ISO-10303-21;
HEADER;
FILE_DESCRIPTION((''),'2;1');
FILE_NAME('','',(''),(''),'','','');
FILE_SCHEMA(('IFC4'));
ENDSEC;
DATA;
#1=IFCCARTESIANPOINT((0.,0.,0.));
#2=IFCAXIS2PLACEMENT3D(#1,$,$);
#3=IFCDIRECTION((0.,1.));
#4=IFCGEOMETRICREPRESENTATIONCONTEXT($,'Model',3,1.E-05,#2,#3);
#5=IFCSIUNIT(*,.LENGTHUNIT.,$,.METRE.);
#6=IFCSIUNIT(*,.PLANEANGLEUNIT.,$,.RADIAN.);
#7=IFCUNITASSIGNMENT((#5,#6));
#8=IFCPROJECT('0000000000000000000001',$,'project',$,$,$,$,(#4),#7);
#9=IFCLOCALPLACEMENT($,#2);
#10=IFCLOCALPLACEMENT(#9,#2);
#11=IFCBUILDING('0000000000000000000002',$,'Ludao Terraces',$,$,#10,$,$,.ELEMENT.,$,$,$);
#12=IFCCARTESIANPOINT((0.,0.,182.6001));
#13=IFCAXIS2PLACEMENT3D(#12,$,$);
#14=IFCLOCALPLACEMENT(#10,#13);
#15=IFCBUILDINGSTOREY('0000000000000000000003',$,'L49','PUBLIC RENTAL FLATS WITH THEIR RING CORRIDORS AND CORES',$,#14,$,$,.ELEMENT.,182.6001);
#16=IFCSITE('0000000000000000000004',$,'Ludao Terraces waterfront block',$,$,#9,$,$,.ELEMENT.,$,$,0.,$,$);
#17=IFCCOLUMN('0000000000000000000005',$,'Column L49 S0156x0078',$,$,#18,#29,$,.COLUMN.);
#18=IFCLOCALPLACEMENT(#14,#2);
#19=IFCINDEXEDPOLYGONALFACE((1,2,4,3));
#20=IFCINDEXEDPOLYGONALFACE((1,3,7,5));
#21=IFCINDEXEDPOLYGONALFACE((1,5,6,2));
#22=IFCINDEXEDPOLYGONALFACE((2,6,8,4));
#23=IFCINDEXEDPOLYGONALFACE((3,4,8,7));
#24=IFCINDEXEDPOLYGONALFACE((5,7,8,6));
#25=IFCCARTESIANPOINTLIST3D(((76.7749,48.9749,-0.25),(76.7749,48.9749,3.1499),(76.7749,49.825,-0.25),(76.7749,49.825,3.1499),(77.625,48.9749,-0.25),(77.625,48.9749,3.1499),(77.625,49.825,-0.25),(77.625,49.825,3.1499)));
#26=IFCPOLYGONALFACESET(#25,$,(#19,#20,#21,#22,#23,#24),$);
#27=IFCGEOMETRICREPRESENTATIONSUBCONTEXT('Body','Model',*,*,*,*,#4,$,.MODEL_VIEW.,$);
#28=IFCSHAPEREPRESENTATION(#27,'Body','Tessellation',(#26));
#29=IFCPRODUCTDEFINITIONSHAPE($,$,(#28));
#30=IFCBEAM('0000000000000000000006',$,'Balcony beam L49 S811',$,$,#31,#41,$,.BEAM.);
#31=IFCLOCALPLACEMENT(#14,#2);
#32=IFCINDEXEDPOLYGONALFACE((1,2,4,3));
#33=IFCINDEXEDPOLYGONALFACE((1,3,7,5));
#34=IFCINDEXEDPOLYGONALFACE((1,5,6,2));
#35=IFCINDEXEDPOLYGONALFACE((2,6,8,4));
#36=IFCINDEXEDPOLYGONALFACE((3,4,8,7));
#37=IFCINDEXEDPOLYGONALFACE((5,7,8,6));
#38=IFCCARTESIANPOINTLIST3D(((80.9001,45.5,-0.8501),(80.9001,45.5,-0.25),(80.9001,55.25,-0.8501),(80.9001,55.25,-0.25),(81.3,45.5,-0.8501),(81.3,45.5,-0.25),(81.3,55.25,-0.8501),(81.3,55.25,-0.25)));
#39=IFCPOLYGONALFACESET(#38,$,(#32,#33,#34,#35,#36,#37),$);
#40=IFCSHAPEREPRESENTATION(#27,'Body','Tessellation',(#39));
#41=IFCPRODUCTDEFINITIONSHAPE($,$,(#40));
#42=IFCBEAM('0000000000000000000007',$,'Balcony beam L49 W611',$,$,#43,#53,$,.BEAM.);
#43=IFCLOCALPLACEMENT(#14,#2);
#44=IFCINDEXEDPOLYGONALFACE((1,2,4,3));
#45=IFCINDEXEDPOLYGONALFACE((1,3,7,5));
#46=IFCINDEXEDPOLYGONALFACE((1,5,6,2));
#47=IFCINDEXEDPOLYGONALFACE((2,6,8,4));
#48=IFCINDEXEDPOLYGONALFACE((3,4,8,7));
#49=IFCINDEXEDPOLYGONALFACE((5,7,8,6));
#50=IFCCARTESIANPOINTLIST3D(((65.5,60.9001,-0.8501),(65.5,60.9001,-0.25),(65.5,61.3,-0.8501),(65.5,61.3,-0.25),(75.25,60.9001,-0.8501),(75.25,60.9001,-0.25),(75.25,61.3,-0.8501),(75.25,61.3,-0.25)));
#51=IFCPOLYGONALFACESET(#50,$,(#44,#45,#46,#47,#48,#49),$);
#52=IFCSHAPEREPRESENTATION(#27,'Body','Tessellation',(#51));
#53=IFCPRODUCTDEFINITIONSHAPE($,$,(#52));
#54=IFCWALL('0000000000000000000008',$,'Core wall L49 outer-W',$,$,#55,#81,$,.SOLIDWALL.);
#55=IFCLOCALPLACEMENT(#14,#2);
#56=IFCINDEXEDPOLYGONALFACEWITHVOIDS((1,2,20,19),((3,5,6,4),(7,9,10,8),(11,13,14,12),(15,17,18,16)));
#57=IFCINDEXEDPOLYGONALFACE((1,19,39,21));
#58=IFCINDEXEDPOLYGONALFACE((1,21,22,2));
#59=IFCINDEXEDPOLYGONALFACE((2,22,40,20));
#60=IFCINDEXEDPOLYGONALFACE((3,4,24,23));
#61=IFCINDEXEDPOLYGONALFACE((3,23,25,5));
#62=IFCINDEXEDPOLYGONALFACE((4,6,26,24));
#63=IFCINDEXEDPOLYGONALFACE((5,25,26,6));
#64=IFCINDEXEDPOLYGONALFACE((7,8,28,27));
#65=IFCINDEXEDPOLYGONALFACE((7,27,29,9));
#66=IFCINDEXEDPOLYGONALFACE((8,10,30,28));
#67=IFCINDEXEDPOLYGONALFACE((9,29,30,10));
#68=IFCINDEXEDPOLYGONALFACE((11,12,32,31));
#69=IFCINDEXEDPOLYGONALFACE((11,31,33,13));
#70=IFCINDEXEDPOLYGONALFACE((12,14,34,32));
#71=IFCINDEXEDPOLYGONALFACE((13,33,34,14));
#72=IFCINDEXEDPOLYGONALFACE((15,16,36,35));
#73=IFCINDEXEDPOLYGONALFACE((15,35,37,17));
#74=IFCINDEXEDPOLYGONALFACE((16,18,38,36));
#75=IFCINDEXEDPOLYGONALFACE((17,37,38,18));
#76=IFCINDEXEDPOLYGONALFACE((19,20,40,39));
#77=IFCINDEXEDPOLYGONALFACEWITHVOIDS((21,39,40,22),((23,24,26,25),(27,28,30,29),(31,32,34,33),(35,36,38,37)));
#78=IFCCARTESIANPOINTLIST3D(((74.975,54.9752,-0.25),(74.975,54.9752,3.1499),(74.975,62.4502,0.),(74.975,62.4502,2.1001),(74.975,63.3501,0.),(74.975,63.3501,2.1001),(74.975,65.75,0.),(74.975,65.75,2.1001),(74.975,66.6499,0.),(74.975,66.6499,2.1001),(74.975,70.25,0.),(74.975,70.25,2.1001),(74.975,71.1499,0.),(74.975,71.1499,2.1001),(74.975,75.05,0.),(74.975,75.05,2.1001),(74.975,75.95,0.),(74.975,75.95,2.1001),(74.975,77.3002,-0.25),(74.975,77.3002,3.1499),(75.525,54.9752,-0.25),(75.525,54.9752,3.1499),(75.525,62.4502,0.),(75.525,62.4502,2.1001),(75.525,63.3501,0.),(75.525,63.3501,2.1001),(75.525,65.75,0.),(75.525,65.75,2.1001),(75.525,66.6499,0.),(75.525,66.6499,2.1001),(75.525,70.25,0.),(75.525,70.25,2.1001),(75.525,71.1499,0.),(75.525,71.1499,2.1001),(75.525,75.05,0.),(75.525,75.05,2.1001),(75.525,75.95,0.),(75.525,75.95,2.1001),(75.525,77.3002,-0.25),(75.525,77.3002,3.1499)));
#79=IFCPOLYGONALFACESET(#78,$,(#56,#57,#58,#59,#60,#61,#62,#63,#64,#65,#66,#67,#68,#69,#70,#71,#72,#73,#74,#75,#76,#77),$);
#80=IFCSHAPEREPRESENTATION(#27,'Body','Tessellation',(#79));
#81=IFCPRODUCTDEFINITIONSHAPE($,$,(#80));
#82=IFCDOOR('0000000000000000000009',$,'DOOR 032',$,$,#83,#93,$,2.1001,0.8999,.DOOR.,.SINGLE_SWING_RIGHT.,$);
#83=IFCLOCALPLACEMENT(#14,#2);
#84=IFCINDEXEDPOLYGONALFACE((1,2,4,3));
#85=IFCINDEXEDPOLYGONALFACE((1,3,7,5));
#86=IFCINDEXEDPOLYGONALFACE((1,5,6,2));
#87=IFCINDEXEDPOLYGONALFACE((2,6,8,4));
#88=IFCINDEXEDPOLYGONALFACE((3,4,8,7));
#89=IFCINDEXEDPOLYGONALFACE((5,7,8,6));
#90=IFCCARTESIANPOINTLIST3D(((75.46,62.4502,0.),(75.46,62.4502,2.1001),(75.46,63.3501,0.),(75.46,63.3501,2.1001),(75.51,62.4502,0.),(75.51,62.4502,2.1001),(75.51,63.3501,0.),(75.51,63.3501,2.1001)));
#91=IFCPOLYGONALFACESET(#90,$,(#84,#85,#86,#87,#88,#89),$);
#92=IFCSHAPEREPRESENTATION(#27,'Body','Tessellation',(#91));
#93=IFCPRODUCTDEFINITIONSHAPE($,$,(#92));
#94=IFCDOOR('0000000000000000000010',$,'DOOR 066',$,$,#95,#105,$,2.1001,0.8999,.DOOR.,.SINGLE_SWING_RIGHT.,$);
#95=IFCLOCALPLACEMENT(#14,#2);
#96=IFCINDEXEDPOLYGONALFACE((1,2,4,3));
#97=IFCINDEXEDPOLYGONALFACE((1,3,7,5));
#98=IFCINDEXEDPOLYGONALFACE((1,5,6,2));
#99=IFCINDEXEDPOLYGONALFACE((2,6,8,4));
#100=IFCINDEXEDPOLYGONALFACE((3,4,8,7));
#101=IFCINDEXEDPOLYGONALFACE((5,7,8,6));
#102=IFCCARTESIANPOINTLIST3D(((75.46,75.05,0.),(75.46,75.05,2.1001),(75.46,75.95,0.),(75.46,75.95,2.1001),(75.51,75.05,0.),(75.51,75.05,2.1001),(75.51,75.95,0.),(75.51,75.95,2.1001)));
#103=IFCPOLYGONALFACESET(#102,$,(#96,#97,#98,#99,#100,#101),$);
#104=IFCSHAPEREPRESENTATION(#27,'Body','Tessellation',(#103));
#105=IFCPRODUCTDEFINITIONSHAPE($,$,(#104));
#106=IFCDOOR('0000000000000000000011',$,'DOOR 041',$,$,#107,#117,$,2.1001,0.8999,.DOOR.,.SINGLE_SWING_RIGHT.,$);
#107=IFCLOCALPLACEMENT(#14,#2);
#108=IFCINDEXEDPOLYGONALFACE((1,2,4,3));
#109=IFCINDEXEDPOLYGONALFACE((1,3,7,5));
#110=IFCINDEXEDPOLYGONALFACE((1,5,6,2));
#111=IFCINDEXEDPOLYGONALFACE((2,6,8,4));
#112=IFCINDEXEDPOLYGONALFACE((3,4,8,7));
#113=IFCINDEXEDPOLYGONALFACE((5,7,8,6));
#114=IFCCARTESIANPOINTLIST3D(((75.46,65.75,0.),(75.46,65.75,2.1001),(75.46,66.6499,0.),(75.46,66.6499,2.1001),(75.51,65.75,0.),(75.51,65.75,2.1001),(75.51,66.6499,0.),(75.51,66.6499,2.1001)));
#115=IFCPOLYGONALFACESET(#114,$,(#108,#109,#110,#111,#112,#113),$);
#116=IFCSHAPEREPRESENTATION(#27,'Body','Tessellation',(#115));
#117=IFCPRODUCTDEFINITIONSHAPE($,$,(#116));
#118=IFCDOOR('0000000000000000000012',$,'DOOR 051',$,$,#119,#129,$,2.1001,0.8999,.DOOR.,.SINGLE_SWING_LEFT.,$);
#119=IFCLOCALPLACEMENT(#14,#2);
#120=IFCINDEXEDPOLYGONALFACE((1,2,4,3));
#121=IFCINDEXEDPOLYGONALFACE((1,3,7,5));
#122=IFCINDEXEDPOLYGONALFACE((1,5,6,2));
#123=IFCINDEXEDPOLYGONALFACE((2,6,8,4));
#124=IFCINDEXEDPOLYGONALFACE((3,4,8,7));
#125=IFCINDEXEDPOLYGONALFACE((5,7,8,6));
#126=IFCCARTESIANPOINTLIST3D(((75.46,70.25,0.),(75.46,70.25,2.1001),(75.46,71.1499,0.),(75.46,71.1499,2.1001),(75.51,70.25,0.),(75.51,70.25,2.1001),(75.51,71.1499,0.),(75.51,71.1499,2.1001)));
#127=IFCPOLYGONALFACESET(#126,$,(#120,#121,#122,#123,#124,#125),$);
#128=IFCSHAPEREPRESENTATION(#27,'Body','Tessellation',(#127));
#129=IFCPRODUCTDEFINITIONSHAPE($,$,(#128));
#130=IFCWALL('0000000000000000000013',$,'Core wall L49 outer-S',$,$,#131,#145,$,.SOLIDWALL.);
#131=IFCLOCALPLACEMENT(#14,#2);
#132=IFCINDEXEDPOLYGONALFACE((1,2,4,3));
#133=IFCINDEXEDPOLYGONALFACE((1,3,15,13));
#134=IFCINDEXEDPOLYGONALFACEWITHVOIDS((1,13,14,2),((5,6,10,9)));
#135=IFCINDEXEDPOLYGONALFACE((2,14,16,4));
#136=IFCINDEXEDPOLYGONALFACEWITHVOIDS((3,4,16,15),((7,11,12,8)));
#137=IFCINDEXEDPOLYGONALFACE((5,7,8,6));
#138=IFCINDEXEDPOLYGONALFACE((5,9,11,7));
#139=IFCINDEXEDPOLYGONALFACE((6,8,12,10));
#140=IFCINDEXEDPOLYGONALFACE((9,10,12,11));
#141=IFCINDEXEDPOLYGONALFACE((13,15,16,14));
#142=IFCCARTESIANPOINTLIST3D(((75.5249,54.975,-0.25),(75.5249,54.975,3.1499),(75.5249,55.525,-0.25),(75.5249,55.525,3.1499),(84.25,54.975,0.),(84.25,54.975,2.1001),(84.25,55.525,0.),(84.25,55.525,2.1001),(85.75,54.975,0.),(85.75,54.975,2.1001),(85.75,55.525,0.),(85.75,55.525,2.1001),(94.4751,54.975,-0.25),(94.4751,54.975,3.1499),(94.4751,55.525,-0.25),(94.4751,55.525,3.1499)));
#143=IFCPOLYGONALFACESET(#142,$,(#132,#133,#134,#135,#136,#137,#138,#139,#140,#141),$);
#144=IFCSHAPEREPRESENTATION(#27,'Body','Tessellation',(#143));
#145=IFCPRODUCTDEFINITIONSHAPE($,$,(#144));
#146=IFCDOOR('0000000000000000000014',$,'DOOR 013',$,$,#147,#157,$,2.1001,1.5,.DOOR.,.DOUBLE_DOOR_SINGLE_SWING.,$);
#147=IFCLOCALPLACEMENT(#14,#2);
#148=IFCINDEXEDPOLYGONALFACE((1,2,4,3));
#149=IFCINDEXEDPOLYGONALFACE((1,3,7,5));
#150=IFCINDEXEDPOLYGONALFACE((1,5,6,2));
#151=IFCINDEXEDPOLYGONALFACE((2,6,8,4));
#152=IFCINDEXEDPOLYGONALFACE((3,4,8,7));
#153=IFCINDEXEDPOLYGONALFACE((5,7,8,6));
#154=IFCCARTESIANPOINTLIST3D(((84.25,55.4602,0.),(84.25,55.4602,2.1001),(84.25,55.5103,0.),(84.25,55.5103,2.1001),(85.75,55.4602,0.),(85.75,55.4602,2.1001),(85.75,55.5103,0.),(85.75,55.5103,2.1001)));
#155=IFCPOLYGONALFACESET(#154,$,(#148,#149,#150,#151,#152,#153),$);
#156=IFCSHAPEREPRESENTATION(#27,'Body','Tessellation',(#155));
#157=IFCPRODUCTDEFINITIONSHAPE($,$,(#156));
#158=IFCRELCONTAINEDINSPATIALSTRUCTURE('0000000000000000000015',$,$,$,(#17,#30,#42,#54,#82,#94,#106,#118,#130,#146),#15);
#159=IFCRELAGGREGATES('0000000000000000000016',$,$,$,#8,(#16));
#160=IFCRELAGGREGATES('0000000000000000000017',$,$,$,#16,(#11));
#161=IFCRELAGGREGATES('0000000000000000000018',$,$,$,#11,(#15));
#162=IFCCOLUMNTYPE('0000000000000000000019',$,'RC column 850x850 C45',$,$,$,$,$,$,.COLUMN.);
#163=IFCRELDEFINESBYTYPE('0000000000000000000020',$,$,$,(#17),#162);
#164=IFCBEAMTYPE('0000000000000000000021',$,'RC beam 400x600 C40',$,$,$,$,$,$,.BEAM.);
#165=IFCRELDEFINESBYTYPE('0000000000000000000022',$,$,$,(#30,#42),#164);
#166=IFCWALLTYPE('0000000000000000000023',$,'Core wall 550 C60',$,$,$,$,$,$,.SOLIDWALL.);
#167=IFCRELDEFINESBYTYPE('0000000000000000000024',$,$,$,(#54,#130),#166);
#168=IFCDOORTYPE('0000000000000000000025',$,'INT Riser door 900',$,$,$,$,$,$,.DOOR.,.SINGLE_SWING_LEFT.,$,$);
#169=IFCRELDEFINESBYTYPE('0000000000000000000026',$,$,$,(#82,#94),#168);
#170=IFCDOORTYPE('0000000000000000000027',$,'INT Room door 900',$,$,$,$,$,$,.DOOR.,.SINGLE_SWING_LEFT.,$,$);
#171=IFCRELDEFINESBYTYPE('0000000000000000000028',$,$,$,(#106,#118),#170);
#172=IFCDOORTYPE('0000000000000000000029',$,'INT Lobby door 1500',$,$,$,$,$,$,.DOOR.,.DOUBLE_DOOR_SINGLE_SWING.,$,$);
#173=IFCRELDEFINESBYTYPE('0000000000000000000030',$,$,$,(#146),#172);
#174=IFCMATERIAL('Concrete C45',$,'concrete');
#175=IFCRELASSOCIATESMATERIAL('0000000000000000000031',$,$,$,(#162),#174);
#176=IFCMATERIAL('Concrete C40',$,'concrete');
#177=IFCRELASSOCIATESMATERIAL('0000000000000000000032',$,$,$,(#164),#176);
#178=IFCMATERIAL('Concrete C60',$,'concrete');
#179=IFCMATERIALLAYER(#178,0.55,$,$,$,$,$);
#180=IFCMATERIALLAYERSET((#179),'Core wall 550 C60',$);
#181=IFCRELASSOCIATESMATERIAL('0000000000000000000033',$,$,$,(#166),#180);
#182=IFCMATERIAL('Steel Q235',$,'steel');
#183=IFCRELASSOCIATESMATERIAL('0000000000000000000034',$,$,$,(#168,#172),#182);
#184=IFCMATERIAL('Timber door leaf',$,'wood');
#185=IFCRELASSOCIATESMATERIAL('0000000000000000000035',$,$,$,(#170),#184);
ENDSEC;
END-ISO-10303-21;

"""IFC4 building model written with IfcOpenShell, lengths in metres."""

from ifc_helpers import new_model, si_unit, direction, frame, frame_2d, origin, origin_2d, place, context, subcontext, project, spatial, rectangle, extrude, material, layer, layer_set, material_profile, profile_set, type_object, element, fill, save


model = new_model("IFC4")

# Units and contexts
model_context = context("Model", 3, precision=1e-05, world=origin(), true_north=direction((0.0, 1.0)))
body_context = subcontext(model_context, "Body", "Model", "MODEL_VIEW")
ifc_project = project(units=[si_unit("LENGTHUNIT", "METRE"), si_unit("PLANEANGLEUNIT", "RADIAN")], contexts=[model_context])

# Site, building, storey
site_placement = place(None, origin())
site = spatial("IfcSite", under=ifc_project, at=site_placement, Name="Ludao Terraces waterfront block", CompositionType="ELEMENT", RefElevation=0.0)
building_placement = place(site_placement, origin())
building = spatial("IfcBuilding", under=site, at=building_placement, Name="Ludao Terraces", CompositionType="ELEMENT")
storey_placement = place(building_placement, frame((0.0, 0.0, 182.6001)))
storey = spatial("IfcBuildingStorey", under=building, at=storey_placement, Name="L49", Description="PUBLIC RENTAL FLATS WITH THEIR RING CORRIDORS AND CORES", CompositionType="ELEMENT", Elevation=182.6001)

# Column
ifc_material_1 = material(Name="Concrete C45", Category="concrete")
ifc_material_profile_1 = material_profile(ifc_material_1, rectangle(XDim=0.8501, YDim=0.8501, at=origin_2d()), Name="850 X 850")
ifc_profile_set_1 = profile_set([ifc_material_profile_1], Name="Concrete C45")
column_type = type_object("IfcColumnType", Name="RC column 850x850 C45", PredefinedType="COLUMN", material=ifc_profile_set_1)
column_placement = place(storey_placement, frame((77.2, 49.3999, -0.25), z_axis=(0.0, 0.0, 1.0), x_axis=(1.0, 0.0, 0.0)))
element("IfcColumn", 1, at=column_placement, inside=storey, type_object=column_type, Name="Column L49 S0156x0078", PredefinedType="COLUMN", context=body_context, shape_type="SweptSolid", body=[
    extrude(rectangle(XDim=0.8501, YDim=0.8501, at=origin_2d()), origin(), (0.0, 0.0, 1.0), 3.3999),
])

# Beams
ifc_material_2 = material(Name="Concrete C40", Category="concrete")
ifc_material_profile_2 = material_profile(ifc_material_2, rectangle(XDim=0.3999, YDim=0.6001, at=origin_2d()), Name="400 X 600")
ifc_profile_set_2 = profile_set([ifc_material_profile_2], Name="Concrete C40")
beam_type = type_object("IfcBeamType", Name="RC beam 400x600 C40", PredefinedType="BEAM", material=ifc_profile_set_2)
for number, where, z_axis, x_axis, name in (
    (2, (81.1001, 55.25, -0.55), (0.0, -1.0, 0.0), (1.0, 0.0, 0.0), "Balcony beam L49 S811"),
    (3, (75.25, 61.1001, -0.55), (-1.0, 0.0, 0.0), (0.0, -1.0, 0.0), "Balcony beam L49 W611"),
):
    element("IfcBeam", number, at=place(storey_placement, frame(where, z_axis=z_axis, x_axis=x_axis)), inside=storey, type_object=beam_type, Name=name, PredefinedType="BEAM", context=body_context, shape_type="SweptSolid", body=[
        extrude(rectangle(XDim=0.3999, YDim=0.6001, at=origin_2d()), origin(), (0.0, 0.0, 1.0), 9.75),
    ])

# Wall, openings, doors
ifc_material_3 = material(Name="Concrete C60", Category="concrete")
ifc_layer_1 = layer(ifc_material_3, 0.55)
ifc_layer_set_1 = layer_set([ifc_layer_1], Name="Core wall 550 C60")
wall_type_1 = type_object("IfcWallType", Name="Core wall 550 C60", PredefinedType="SOLIDWALL", material=ifc_layer_set_1)
wall_1_placement = place(storey_placement, frame((75.25, 54.9751, -0.25), z_axis=(0.0, 0.0, 1.0), x_axis=(0.0, 1.0, 0.0)))
wall_1 = element("IfcWall", 4, at=wall_1_placement, inside=storey, type_object=wall_type_1, Name="Core wall L49 outer-W", PredefinedType="SOLIDWALL", context=body_context, shape_type="SweptSolid", body=[
    extrude(rectangle(XDim=22.325, YDim=0.55, at=frame_2d((11.1626, 0.0))), origin(), (0.0, 0.0, 1.0), 3.3999),
])
opening_1_placement = place(wall_1_placement, frame((7.4751, 0.0, 0.25)))
opening_1 = element("IfcOpeningElement", 5, at=opening_1_placement, cuts=wall_1, PredefinedType="OPENING", context=body_context, shape_type="SweptSolid", body=[
    extrude(rectangle(XDim=0.8999, YDim=2.1001, at=frame_2d((0.45, 1.05))), frame((0.0, 0.2852, 0.0), z_axis=(0.0, -1.0, 0.0), x_axis=(1.0, 0.0, 0.0)), (0.0, 0.0, 1.0), 0.5701),
])
opening_2_placement = place(wall_1_placement, frame((10.7749, 0.0, 0.25)))
opening_2 = element("IfcOpeningElement", 6, at=opening_2_placement, cuts=wall_1, PredefinedType="OPENING", context=body_context, shape_type="SweptSolid", body=[
    extrude(rectangle(XDim=0.8999, YDim=2.1001, at=frame_2d((0.45, 1.05))), frame((0.0, 0.2852, 0.0), z_axis=(0.0, -1.0, 0.0), x_axis=(1.0, 0.0, 0.0)), (0.0, 0.0, 1.0), 0.5701),
])
opening_3_placement = place(wall_1_placement, frame((15.2749, 0.0, 0.25)))
opening_3 = element("IfcOpeningElement", 7, at=opening_3_placement, cuts=wall_1, PredefinedType="OPENING", context=body_context, shape_type="SweptSolid", body=[
    extrude(rectangle(XDim=0.8999, YDim=2.1001, at=frame_2d((0.45, 1.05))), frame((0.0, 0.2852, 0.0), z_axis=(0.0, -1.0, 0.0), x_axis=(1.0, 0.0, 0.0)), (0.0, 0.0, 1.0), 0.5701),
])
opening_4_placement = place(wall_1_placement, frame((20.075, 0.0, 0.25)))
opening_4 = element("IfcOpeningElement", 8, at=opening_4_placement, cuts=wall_1, PredefinedType="OPENING", context=body_context, shape_type="SweptSolid", body=[
    extrude(rectangle(XDim=0.8999, YDim=2.1001, at=frame_2d((0.45, 1.05))), frame((0.0, 0.2852, 0.0), z_axis=(0.0, -1.0, 0.0), x_axis=(1.0, 0.0, 0.0)), (0.0, 0.0, 1.0), 0.5701),
])
ifc_material_4 = material(Name="Steel Q235", Category="steel")
door_type_1 = type_object("IfcDoorType", Name="INT Riser door 900", OperationType="SINGLE_SWING_LEFT", PredefinedType="DOOR", material=ifc_material_4)
door_1_placement = place(opening_1_placement, origin())
door_1 = element("IfcDoor", 9, at=door_1_placement, inside=storey, type_object=door_type_1, Name="DOOR 032", OperationType="SINGLE_SWING_RIGHT", OverallHeight=2.1001, OverallWidth=0.8999, PredefinedType="DOOR", context=body_context, shape_type="SweptSolid", body=[
    extrude(rectangle(XDim=0.8999, YDim=2.1001, at=frame_2d((0.45, 1.05))), frame((0.0, -0.21, 0.0), z_axis=(0.0, -1.0, 0.0), x_axis=(1.0, 0.0, 0.0)), (0.0, 0.0, 1.0), 0.05),
])
fill(opening_1, door_1)
door_2_placement = place(opening_4_placement, origin())
door_2 = element("IfcDoor", 10, at=door_2_placement, inside=storey, type_object=door_type_1, Name="DOOR 066", OperationType="SINGLE_SWING_RIGHT", OverallHeight=2.1001, OverallWidth=0.8999, PredefinedType="DOOR", context=body_context, shape_type="SweptSolid", body=[
    extrude(rectangle(XDim=0.8999, YDim=2.1001, at=frame_2d((0.45, 1.05))), frame((0.0, -0.21, 0.0), z_axis=(0.0, -1.0, 0.0), x_axis=(1.0, 0.0, 0.0)), (0.0, 0.0, 1.0), 0.05),
])
fill(opening_4, door_2)
ifc_material_5 = material(Name="Timber door leaf", Category="wood")
door_type_2 = type_object("IfcDoorType", Name="INT Room door 900", OperationType="SINGLE_SWING_LEFT", PredefinedType="DOOR", material=ifc_material_5)
door_3_placement = place(opening_2_placement, origin())
door_3 = element("IfcDoor", 11, at=door_3_placement, inside=storey, type_object=door_type_2, Name="DOOR 041", OperationType="SINGLE_SWING_RIGHT", OverallHeight=2.1001, OverallWidth=0.8999, PredefinedType="DOOR", context=body_context, shape_type="SweptSolid", body=[
    extrude(rectangle(XDim=0.8999, YDim=2.1001, at=frame_2d((0.45, 1.05))), frame((0.0, -0.21, 0.0), z_axis=(0.0, -1.0, 0.0), x_axis=(1.0, 0.0, 0.0)), (0.0, 0.0, 1.0), 0.05),
])
fill(opening_2, door_3)
door_4_placement = place(opening_3_placement, origin())
door_4 = element("IfcDoor", 12, at=door_4_placement, inside=storey, type_object=door_type_2, Name="DOOR 051", OperationType="SINGLE_SWING_LEFT", OverallHeight=2.1001, OverallWidth=0.8999, PredefinedType="DOOR", context=body_context, shape_type="SweptSolid", body=[
    extrude(rectangle(XDim=0.8999, YDim=2.1001, at=frame_2d((0.45, 1.05))), frame((0.0, -0.21, 0.0), z_axis=(0.0, -1.0, 0.0), x_axis=(1.0, 0.0, 0.0)), (0.0, 0.0, 1.0), 0.05),
])
fill(opening_3, door_4)

# Wall, opening, door
wall_2_placement = place(storey_placement, frame((75.5249, 55.25, -0.25), z_axis=(0.0, 0.0, 1.0), x_axis=(1.0, 0.0, 0.0)))
wall_2 = element("IfcWall", 13, at=wall_2_placement, inside=storey, type_object=wall_type_1, Name="Core wall L49 outer-S", PredefinedType="SOLIDWALL", context=body_context, shape_type="SweptSolid", body=[
    extrude(rectangle(XDim=18.9502, YDim=0.55, at=frame_2d((9.4751, 0.0))), origin(), (0.0, 0.0, 1.0), 3.3999),
])
opening_5_placement = place(wall_2_placement, frame((8.7251, 0.0, 0.25)))
opening_5 = element("IfcOpeningElement", 14, at=opening_5_placement, cuts=wall_2, PredefinedType="OPENING", context=body_context, shape_type="SweptSolid", body=[
    extrude(rectangle(XDim=1.5, YDim=2.1001, at=frame_2d((0.75, 1.05))), frame((0.0, 0.2852, 0.0), z_axis=(0.0, -1.0, 0.0), x_axis=(1.0, 0.0, 0.0)), (0.0, 0.0, 1.0), 0.5701),
])
door_type_3 = type_object("IfcDoorType", Name="INT Lobby door 1500", OperationType="DOUBLE_DOOR_SINGLE_SWING", PredefinedType="DOOR", material=ifc_material_4)
door_5_placement = place(opening_5_placement, origin())
door_5 = element("IfcDoor", 15, at=door_5_placement, inside=storey, type_object=door_type_3, Name="DOOR 013", OperationType="DOUBLE_DOOR_SINGLE_SWING", OverallHeight=2.1001, OverallWidth=1.5, PredefinedType="DOOR", context=body_context, shape_type="SweptSolid", body=[
    extrude(rectangle(XDim=1.5, YDim=2.1001, at=frame_2d((0.75, 1.05))), frame((0.0, 0.2603, 0.0), z_axis=(0.0, -1.0, 0.0), x_axis=(1.0, 0.0, 0.0)), (0.0, 0.0, 1.0), 0.05),
])
fill(opening_5, door_5)

save(model, "model.ifc")
